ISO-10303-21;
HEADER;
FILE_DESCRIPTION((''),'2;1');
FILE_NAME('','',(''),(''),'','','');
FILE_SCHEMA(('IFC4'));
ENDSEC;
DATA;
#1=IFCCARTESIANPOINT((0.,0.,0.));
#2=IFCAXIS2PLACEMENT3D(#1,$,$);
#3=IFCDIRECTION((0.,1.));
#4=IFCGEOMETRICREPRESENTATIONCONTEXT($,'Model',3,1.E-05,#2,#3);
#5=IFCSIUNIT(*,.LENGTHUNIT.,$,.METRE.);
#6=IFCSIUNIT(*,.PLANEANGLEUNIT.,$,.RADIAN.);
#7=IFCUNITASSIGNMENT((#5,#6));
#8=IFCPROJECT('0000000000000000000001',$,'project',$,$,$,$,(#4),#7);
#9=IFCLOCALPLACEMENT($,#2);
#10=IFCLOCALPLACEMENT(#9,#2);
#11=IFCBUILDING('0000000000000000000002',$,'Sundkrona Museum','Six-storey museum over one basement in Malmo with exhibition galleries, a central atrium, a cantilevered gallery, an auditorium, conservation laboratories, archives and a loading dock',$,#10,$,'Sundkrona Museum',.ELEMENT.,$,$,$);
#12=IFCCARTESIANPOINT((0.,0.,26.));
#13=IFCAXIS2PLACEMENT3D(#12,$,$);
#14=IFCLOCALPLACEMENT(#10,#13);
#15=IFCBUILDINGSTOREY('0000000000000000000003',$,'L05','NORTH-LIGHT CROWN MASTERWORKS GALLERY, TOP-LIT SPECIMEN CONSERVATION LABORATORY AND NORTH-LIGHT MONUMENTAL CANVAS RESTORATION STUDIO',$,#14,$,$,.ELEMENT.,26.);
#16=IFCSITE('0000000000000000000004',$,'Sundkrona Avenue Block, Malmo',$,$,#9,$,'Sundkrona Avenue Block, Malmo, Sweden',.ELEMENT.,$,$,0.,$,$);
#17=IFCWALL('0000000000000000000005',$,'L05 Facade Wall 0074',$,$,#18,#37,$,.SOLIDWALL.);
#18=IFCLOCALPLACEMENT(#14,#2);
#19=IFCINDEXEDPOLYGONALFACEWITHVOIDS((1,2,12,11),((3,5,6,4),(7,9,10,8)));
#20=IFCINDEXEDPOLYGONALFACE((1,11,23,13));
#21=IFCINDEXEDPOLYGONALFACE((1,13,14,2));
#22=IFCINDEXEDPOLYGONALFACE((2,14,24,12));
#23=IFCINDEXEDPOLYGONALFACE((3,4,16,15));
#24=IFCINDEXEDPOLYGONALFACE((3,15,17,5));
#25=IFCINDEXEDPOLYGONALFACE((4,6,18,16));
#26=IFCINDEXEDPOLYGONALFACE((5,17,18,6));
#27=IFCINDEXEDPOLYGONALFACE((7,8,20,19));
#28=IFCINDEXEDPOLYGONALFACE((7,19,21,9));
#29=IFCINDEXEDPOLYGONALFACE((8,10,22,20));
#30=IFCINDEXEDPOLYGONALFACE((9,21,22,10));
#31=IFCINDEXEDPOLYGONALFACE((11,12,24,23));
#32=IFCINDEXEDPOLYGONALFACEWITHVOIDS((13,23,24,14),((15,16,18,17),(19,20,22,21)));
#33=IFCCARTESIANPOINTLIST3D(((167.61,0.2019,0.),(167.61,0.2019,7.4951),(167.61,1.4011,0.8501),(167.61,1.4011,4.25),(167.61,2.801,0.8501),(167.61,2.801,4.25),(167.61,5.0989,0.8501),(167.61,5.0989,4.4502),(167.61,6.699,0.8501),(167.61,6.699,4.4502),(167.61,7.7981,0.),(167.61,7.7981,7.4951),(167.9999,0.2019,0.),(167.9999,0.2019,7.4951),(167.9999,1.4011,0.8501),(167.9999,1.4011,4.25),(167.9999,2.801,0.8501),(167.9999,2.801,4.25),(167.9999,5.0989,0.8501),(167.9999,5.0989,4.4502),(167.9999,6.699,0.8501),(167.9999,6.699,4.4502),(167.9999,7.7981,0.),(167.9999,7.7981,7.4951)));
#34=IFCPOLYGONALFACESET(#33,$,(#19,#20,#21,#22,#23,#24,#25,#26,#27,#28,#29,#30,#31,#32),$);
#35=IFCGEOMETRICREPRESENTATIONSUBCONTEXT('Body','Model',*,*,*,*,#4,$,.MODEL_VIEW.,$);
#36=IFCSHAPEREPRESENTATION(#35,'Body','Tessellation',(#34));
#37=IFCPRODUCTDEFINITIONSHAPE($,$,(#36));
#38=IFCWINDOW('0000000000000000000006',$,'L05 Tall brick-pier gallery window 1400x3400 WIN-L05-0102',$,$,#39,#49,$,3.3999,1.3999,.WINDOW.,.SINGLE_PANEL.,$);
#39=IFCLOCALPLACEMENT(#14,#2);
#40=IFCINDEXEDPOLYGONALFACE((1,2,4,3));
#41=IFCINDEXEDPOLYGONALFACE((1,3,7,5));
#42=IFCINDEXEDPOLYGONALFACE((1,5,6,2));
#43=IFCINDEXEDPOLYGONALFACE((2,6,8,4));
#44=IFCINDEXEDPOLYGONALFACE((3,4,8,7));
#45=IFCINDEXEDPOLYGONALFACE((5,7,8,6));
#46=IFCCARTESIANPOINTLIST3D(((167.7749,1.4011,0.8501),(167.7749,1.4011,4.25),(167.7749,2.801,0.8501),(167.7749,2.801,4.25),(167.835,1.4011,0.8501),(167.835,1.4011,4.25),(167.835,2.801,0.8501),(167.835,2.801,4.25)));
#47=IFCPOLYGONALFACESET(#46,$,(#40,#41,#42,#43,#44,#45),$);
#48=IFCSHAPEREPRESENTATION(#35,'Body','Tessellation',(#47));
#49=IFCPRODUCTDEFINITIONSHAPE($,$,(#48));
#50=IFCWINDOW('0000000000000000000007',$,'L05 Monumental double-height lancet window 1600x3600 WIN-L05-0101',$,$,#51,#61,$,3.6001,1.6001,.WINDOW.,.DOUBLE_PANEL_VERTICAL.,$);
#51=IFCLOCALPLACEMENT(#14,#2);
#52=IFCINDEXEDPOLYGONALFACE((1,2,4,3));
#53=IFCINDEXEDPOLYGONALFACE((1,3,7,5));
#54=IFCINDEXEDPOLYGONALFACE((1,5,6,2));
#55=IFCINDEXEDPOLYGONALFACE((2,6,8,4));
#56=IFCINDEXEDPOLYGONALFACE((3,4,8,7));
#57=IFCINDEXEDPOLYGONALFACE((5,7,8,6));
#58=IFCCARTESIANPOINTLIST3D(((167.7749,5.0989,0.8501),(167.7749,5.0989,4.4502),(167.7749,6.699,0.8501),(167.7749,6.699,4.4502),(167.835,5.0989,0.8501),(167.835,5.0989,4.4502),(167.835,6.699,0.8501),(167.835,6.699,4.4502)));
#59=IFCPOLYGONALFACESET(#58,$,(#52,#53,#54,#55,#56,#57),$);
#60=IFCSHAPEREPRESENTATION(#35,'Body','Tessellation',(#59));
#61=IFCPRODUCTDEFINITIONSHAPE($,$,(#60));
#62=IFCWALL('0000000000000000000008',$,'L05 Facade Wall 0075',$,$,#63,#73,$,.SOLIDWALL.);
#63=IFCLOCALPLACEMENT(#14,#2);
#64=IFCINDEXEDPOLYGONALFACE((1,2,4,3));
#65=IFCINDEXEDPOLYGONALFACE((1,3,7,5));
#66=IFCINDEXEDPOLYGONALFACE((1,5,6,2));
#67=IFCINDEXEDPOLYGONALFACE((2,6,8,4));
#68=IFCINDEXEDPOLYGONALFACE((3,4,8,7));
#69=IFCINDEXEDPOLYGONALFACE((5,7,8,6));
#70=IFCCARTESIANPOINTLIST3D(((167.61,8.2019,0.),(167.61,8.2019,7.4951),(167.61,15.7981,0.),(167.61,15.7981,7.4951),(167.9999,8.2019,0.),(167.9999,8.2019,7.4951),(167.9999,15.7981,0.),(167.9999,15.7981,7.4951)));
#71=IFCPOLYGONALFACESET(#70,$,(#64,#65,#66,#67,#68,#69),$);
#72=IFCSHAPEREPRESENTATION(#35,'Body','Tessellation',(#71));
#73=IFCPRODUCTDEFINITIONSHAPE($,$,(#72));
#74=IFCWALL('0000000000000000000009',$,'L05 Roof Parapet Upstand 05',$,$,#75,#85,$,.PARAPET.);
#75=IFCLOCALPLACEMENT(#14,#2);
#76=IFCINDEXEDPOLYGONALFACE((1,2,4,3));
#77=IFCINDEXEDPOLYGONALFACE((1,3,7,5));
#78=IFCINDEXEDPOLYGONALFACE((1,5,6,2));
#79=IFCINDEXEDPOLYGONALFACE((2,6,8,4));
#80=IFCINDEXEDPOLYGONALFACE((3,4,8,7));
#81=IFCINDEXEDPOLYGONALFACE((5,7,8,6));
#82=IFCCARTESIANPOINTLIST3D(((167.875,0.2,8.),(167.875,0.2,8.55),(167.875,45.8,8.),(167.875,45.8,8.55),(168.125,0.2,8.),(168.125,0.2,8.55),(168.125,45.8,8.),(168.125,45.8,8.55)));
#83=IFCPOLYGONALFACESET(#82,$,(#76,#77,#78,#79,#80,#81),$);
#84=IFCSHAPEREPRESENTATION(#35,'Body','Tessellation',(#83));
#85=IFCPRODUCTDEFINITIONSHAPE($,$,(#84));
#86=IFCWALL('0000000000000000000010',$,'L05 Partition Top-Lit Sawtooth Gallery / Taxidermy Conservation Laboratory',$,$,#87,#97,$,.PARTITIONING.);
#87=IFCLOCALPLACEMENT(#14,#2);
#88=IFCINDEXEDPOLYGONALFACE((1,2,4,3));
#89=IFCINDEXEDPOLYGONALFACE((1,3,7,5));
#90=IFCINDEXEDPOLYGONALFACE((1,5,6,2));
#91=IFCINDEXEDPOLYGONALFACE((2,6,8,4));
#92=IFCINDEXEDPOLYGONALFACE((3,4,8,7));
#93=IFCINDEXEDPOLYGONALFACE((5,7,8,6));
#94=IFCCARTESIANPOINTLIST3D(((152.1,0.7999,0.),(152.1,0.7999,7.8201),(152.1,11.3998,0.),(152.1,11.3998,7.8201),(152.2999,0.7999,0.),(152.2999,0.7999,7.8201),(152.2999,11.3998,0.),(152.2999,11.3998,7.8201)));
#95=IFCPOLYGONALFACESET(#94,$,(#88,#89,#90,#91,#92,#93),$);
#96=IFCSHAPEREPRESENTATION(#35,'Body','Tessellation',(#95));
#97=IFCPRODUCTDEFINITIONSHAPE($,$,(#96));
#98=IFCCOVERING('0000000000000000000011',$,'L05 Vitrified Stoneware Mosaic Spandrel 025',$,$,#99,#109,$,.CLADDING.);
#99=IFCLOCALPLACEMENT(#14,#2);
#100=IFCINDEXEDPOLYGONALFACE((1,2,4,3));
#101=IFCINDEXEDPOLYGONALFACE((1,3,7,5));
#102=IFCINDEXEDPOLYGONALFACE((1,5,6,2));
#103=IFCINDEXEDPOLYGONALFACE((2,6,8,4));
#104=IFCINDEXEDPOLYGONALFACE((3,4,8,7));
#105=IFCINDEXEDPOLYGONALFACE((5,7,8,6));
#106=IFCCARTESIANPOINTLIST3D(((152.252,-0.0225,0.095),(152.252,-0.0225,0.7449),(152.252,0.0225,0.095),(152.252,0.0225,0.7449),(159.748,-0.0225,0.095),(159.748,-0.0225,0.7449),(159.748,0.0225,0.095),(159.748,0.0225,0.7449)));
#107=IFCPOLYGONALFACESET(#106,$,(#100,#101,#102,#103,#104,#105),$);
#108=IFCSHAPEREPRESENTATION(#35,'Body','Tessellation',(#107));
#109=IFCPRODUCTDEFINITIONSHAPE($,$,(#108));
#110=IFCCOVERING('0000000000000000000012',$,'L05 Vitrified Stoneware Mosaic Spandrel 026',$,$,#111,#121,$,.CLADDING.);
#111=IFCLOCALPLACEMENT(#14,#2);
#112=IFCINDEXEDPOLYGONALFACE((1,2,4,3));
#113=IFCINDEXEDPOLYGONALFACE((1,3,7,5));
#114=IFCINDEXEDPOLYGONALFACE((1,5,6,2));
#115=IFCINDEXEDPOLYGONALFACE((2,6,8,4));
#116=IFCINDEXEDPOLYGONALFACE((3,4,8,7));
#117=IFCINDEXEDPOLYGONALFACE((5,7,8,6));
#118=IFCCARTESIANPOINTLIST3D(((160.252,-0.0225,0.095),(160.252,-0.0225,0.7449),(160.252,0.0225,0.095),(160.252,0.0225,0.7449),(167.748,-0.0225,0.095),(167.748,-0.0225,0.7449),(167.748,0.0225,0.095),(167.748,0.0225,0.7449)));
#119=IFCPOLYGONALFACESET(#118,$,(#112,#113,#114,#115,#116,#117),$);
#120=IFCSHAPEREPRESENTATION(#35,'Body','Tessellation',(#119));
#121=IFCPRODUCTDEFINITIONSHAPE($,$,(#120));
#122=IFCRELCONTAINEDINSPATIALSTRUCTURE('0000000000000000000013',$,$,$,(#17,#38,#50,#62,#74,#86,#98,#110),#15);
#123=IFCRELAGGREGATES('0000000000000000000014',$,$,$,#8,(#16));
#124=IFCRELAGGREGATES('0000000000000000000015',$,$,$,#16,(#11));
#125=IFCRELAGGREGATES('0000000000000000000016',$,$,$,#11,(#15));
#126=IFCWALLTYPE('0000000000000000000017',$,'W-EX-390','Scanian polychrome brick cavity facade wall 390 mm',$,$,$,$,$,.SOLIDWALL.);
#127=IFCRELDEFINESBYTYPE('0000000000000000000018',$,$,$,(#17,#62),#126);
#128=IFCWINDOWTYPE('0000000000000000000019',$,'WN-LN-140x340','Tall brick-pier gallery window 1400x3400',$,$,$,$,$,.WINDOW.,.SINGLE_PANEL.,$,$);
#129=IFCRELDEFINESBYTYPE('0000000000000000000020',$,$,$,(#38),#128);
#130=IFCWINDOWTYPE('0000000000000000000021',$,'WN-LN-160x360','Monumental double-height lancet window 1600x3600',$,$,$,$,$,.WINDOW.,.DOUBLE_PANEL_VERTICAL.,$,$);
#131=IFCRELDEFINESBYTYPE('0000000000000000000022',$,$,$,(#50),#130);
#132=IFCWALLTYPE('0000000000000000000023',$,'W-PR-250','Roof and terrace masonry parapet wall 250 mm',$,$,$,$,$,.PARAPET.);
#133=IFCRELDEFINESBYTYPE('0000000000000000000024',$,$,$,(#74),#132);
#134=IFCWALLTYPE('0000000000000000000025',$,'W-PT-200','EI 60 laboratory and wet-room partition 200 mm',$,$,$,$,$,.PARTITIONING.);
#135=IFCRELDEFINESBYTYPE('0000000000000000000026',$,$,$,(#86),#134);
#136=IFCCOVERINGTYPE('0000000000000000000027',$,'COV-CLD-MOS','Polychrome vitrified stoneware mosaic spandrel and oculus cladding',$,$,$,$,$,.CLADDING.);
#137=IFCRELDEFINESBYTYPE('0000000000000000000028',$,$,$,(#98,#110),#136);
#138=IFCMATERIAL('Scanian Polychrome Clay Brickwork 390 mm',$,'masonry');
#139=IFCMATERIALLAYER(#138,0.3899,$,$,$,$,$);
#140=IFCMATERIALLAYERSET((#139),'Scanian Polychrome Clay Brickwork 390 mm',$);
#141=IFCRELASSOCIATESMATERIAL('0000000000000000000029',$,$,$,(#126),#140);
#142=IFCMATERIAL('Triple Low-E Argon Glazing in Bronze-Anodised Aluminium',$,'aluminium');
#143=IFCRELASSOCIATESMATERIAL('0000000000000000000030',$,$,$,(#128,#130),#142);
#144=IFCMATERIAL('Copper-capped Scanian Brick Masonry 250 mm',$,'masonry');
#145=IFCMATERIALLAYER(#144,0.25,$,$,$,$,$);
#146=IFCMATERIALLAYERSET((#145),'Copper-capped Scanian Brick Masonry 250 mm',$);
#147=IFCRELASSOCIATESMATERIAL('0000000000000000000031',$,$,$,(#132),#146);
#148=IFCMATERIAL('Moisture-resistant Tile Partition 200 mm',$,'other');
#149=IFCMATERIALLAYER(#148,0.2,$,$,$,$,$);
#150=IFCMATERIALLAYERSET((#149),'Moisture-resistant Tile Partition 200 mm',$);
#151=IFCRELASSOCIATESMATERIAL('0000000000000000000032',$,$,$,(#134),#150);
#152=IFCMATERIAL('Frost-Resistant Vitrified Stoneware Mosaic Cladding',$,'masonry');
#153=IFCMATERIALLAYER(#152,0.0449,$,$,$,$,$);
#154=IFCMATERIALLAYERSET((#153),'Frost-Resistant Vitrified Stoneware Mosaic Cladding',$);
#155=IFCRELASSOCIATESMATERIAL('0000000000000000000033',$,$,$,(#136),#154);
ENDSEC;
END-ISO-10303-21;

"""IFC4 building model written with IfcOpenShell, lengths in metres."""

from ifc_helpers import new_model, si_unit, direction, frame, frame_2d, origin, origin_2d, place, context, subcontext, project, spatial, rectangle, extrude, material, layer, layer_set, type_object, element, fill, save


model = new_model("IFC4")

# Units and contexts
model_context = context("Model", 3, precision=1e-05, world=origin(), true_north=direction((0.0, 1.0)))
body_context = subcontext(model_context, "Body", "Model", "MODEL_VIEW")
ifc_project = project(units=[si_unit("LENGTHUNIT", "METRE"), si_unit("PLANEANGLEUNIT", "RADIAN")], contexts=[model_context])

# Site, building, storey
site_placement = place(None, origin())
site = spatial("IfcSite", under=ifc_project, at=site_placement, Name="Sundkrona Avenue Block, Malmo", LongName="Sundkrona Avenue Block, Malmo, Sweden", CompositionType="ELEMENT", RefElevation=0.0)
building_placement = place(site_placement, origin())
building = spatial("IfcBuilding", under=site, at=building_placement, Name="Sundkrona Museum", Description="Six-storey museum over one basement in Malmo with exhibition galleries, a central atrium, a cantilevered gallery, an auditorium, conservation laboratories, archives and a loading dock", LongName="Sundkrona Museum", CompositionType="ELEMENT")
storey_placement = place(building_placement, frame((0.0, 0.0, 26.0)))
storey = spatial("IfcBuildingStorey", under=building, at=storey_placement, Name="L05", Description="NORTH-LIGHT CROWN MASTERWORKS GALLERY, TOP-LIT SPECIMEN CONSERVATION LABORATORY AND NORTH-LIGHT MONUMENTAL CANVAS RESTORATION STUDIO", CompositionType="ELEMENT", Elevation=26.0)

# Shared definitions
ifc_material_1 = material(Name="Scanian Polychrome Clay Brickwork 390 mm", Category="masonry")
ifc_layer_1 = layer(ifc_material_1, 0.3899)
ifc_layer_set_1 = layer_set([ifc_layer_1], Name="Scanian Polychrome Clay Brickwork 390 mm")
wall_type_1 = type_object("IfcWallType", Name="W-EX-390", Description="Scanian polychrome brick cavity facade wall 390 mm", PredefinedType="SOLIDWALL", material=ifc_layer_set_1)
ifc_material_2 = material(Name="Triple Low-E Argon Glazing in Bronze-Anodised Aluminium", Category="aluminium")

# Wall, openings, windows
wall_1_placement = place(storey_placement, frame((167.8049, 7.7981, 0.0), z_axis=(0.0, 0.0, 1.0), x_axis=(0.0, -1.0, 0.0)))
wall_1 = element("IfcWall", 1, at=wall_1_placement, inside=storey, type_object=wall_type_1, Name="L05 Facade Wall 0074", PredefinedType="SOLIDWALL", context=body_context, shape_type="SweptSolid", body=[
    extrude(rectangle(XDim=7.5962, YDim=0.3899, at=frame_2d((3.7981, 0.0))), origin(), (0.0, 0.0, 1.0), 7.4951),
])
opening_1_placement = place(wall_1_placement, frame((1.0991, 0.0, 0.8501)))
opening_1 = element("IfcOpeningElement", 2, at=opening_1_placement, cuts=wall_1, PredefinedType="OPENING", context=body_context, shape_type="SweptSolid", body=[
    extrude(rectangle(XDim=1.6001, YDim=3.6001, at=frame_2d((0.8, 1.8))), frame((0.0, 0.2048, 0.0), z_axis=(0.0, -1.0, 0.0), x_axis=(1.0, 0.0, 0.0)), (0.0, 0.0, 1.0), 0.4099),
])
opening_2_placement = place(wall_1_placement, frame((4.9971, 0.0, 0.8501)))
opening_2 = element("IfcOpeningElement", 3, at=opening_2_placement, cuts=wall_1, PredefinedType="OPENING", context=body_context, shape_type="SweptSolid", body=[
    extrude(rectangle(XDim=1.3999, YDim=3.3999, at=frame_2d((0.7, 1.7))), frame((0.0, 0.2048, 0.0), z_axis=(0.0, -1.0, 0.0), x_axis=(1.0, 0.0, 0.0)), (0.0, 0.0, 1.0), 0.4099),
])
window_type_1 = type_object("IfcWindowType", Name="WN-LN-140x340", Description="Tall brick-pier gallery window 1400x3400", PartitioningType="SINGLE_PANEL", PredefinedType="WINDOW", material=ifc_material_2)
window_1_placement = place(opening_2_placement, origin())
window_1 = element("IfcWindow", 4, at=window_1_placement, inside=storey, type_object=window_type_1, Name="L05 Tall brick-pier gallery window 1400x3400 WIN-L05-0102", OverallHeight=3.3999, OverallWidth=1.3999, PartitioningType="SINGLE_PANEL", PredefinedType="WINDOW", context=body_context, shape_type="SweptSolid", body=[
    extrude(rectangle(XDim=1.3999, YDim=3.3999, at=frame_2d((0.7, 1.7))), frame((0.0, 0.03, 0.0), z_axis=(0.0, -1.0, 0.0), x_axis=(1.0, 0.0, 0.0)), (0.0, 0.0, 1.0), 0.0601),
])
fill(opening_2, window_1)
window_type_2 = type_object("IfcWindowType", Name="WN-LN-160x360", Description="Monumental double-height lancet window 1600x3600", PartitioningType="DOUBLE_PANEL_VERTICAL", PredefinedType="WINDOW", material=ifc_material_2)
window_2_placement = place(opening_1_placement, origin())
window_2 = element("IfcWindow", 5, at=window_2_placement, inside=storey, type_object=window_type_2, Name="L05 Monumental double-height lancet window 1600x3600 WIN-L05-0101", OverallHeight=3.6001, OverallWidth=1.6001, PartitioningType="DOUBLE_PANEL_VERTICAL", PredefinedType="WINDOW", context=body_context, shape_type="SweptSolid", body=[
    extrude(rectangle(XDim=1.6001, YDim=3.6001, at=frame_2d((0.8, 1.8))), frame((0.0, 0.03, 0.0), z_axis=(0.0, -1.0, 0.0), x_axis=(1.0, 0.0, 0.0)), (0.0, 0.0, 1.0), 0.0601),
])
fill(opening_1, window_2)

# Walls
wall_2_placement = place(storey_placement, frame((167.8049, 15.7981, 0.0), z_axis=(0.0, 0.0, 1.0), x_axis=(0.0, -1.0, 0.0)))
element("IfcWall", 6, at=wall_2_placement, inside=storey, type_object=wall_type_1, Name="L05 Facade Wall 0075", PredefinedType="SOLIDWALL", context=body_context, shape_type="SweptSolid", body=[
    extrude(rectangle(XDim=7.5962, YDim=0.3899, at=frame_2d((3.7981, 0.0))), origin(), (0.0, 0.0, 1.0), 7.4951),
])
ifc_material_3 = material(Name="Copper-capped Scanian Brick Masonry 250 mm", Category="masonry")
ifc_layer_2 = layer(ifc_material_3, 0.25)
ifc_layer_set_2 = layer_set([ifc_layer_2], Name="Copper-capped Scanian Brick Masonry 250 mm")
wall_type_2 = type_object("IfcWallType", Name="W-PR-250", Description="Roof and terrace masonry parapet wall 250 mm", PredefinedType="PARAPET", material=ifc_layer_set_2)
wall_3_placement = place(storey_placement, frame((168.0, 0.2, 8.0), z_axis=(0.0, 0.0, 1.0), x_axis=(0.0, 1.0, 0.0)))
element("IfcWall", 7, at=wall_3_placement, inside=storey, type_object=wall_type_2, Name="L05 Roof Parapet Upstand 05", PredefinedType="PARAPET", context=body_context, shape_type="SweptSolid", body=[
    extrude(rectangle(XDim=45.6001, YDim=0.25, at=frame_2d((22.8, 0.0))), origin(), (0.0, 0.0, 1.0), 0.55),
])
ifc_material_4 = material(Name="Moisture-resistant Tile Partition 200 mm", Category="other")
ifc_layer_3 = layer(ifc_material_4, 0.2)
ifc_layer_set_3 = layer_set([ifc_layer_3], Name="Moisture-resistant Tile Partition 200 mm")
wall_type_3 = type_object("IfcWallType", Name="W-PT-200", Description="EI 60 laboratory and wet-room partition 200 mm", PredefinedType="PARTITIONING", material=ifc_layer_set_3)
wall_4_placement = place(storey_placement, frame((152.2, 0.8, 0.0), z_axis=(0.0, 0.0, 1.0), x_axis=(0.0, 1.0, 0.0)))
element("IfcWall", 8, at=wall_4_placement, inside=storey, type_object=wall_type_3, Name="L05 Partition Top-Lit Sawtooth Gallery / Taxidermy Conservation Laboratory", PredefinedType="PARTITIONING", context=body_context, shape_type="SweptSolid", body=[
    extrude(rectangle(XDim=10.5999, YDim=0.2, at=frame_2d((5.2998, 0.0))), origin(), (0.0, 0.0, 1.0), 7.8201),
])

# Coverings
ifc_material_5 = material(Name="Frost-Resistant Vitrified Stoneware Mosaic Cladding", Category="masonry")
ifc_layer_4 = layer(ifc_material_5, 0.0449)
ifc_layer_set_4 = layer_set([ifc_layer_4], Name="Frost-Resistant Vitrified Stoneware Mosaic Cladding")
covering_type = type_object("IfcCoveringType", Name="COV-CLD-MOS", Description="Polychrome vitrified stoneware mosaic spandrel and oculus cladding", PredefinedType="CLADDING", material=ifc_layer_set_4)
for number, where, z_axis, x_axis, name in (
    (9, (156.0, 0.0, 0.095), (0.0, 0.0, 1.0), (1.0, 0.0, 0.0), "L05 Vitrified Stoneware Mosaic Spandrel 025"),
    (10, (164.0, 0.0, 0.095), (0.0, 0.0, 1.0), (1.0, 0.0, 0.0), "L05 Vitrified Stoneware Mosaic Spandrel 026"),
):
    element("IfcCovering", number, at=place(storey_placement, frame(where, z_axis=z_axis, x_axis=x_axis)), inside=storey, type_object=covering_type, Name=name, PredefinedType="CLADDING", context=body_context, shape_type="SweptSolid", body=[
        extrude(rectangle(XDim=7.4961, YDim=0.0449, at=origin_2d()), origin(), (0.0, 0.0, 1.0), 0.6499),
    ])

save(model, "model.ifc")
